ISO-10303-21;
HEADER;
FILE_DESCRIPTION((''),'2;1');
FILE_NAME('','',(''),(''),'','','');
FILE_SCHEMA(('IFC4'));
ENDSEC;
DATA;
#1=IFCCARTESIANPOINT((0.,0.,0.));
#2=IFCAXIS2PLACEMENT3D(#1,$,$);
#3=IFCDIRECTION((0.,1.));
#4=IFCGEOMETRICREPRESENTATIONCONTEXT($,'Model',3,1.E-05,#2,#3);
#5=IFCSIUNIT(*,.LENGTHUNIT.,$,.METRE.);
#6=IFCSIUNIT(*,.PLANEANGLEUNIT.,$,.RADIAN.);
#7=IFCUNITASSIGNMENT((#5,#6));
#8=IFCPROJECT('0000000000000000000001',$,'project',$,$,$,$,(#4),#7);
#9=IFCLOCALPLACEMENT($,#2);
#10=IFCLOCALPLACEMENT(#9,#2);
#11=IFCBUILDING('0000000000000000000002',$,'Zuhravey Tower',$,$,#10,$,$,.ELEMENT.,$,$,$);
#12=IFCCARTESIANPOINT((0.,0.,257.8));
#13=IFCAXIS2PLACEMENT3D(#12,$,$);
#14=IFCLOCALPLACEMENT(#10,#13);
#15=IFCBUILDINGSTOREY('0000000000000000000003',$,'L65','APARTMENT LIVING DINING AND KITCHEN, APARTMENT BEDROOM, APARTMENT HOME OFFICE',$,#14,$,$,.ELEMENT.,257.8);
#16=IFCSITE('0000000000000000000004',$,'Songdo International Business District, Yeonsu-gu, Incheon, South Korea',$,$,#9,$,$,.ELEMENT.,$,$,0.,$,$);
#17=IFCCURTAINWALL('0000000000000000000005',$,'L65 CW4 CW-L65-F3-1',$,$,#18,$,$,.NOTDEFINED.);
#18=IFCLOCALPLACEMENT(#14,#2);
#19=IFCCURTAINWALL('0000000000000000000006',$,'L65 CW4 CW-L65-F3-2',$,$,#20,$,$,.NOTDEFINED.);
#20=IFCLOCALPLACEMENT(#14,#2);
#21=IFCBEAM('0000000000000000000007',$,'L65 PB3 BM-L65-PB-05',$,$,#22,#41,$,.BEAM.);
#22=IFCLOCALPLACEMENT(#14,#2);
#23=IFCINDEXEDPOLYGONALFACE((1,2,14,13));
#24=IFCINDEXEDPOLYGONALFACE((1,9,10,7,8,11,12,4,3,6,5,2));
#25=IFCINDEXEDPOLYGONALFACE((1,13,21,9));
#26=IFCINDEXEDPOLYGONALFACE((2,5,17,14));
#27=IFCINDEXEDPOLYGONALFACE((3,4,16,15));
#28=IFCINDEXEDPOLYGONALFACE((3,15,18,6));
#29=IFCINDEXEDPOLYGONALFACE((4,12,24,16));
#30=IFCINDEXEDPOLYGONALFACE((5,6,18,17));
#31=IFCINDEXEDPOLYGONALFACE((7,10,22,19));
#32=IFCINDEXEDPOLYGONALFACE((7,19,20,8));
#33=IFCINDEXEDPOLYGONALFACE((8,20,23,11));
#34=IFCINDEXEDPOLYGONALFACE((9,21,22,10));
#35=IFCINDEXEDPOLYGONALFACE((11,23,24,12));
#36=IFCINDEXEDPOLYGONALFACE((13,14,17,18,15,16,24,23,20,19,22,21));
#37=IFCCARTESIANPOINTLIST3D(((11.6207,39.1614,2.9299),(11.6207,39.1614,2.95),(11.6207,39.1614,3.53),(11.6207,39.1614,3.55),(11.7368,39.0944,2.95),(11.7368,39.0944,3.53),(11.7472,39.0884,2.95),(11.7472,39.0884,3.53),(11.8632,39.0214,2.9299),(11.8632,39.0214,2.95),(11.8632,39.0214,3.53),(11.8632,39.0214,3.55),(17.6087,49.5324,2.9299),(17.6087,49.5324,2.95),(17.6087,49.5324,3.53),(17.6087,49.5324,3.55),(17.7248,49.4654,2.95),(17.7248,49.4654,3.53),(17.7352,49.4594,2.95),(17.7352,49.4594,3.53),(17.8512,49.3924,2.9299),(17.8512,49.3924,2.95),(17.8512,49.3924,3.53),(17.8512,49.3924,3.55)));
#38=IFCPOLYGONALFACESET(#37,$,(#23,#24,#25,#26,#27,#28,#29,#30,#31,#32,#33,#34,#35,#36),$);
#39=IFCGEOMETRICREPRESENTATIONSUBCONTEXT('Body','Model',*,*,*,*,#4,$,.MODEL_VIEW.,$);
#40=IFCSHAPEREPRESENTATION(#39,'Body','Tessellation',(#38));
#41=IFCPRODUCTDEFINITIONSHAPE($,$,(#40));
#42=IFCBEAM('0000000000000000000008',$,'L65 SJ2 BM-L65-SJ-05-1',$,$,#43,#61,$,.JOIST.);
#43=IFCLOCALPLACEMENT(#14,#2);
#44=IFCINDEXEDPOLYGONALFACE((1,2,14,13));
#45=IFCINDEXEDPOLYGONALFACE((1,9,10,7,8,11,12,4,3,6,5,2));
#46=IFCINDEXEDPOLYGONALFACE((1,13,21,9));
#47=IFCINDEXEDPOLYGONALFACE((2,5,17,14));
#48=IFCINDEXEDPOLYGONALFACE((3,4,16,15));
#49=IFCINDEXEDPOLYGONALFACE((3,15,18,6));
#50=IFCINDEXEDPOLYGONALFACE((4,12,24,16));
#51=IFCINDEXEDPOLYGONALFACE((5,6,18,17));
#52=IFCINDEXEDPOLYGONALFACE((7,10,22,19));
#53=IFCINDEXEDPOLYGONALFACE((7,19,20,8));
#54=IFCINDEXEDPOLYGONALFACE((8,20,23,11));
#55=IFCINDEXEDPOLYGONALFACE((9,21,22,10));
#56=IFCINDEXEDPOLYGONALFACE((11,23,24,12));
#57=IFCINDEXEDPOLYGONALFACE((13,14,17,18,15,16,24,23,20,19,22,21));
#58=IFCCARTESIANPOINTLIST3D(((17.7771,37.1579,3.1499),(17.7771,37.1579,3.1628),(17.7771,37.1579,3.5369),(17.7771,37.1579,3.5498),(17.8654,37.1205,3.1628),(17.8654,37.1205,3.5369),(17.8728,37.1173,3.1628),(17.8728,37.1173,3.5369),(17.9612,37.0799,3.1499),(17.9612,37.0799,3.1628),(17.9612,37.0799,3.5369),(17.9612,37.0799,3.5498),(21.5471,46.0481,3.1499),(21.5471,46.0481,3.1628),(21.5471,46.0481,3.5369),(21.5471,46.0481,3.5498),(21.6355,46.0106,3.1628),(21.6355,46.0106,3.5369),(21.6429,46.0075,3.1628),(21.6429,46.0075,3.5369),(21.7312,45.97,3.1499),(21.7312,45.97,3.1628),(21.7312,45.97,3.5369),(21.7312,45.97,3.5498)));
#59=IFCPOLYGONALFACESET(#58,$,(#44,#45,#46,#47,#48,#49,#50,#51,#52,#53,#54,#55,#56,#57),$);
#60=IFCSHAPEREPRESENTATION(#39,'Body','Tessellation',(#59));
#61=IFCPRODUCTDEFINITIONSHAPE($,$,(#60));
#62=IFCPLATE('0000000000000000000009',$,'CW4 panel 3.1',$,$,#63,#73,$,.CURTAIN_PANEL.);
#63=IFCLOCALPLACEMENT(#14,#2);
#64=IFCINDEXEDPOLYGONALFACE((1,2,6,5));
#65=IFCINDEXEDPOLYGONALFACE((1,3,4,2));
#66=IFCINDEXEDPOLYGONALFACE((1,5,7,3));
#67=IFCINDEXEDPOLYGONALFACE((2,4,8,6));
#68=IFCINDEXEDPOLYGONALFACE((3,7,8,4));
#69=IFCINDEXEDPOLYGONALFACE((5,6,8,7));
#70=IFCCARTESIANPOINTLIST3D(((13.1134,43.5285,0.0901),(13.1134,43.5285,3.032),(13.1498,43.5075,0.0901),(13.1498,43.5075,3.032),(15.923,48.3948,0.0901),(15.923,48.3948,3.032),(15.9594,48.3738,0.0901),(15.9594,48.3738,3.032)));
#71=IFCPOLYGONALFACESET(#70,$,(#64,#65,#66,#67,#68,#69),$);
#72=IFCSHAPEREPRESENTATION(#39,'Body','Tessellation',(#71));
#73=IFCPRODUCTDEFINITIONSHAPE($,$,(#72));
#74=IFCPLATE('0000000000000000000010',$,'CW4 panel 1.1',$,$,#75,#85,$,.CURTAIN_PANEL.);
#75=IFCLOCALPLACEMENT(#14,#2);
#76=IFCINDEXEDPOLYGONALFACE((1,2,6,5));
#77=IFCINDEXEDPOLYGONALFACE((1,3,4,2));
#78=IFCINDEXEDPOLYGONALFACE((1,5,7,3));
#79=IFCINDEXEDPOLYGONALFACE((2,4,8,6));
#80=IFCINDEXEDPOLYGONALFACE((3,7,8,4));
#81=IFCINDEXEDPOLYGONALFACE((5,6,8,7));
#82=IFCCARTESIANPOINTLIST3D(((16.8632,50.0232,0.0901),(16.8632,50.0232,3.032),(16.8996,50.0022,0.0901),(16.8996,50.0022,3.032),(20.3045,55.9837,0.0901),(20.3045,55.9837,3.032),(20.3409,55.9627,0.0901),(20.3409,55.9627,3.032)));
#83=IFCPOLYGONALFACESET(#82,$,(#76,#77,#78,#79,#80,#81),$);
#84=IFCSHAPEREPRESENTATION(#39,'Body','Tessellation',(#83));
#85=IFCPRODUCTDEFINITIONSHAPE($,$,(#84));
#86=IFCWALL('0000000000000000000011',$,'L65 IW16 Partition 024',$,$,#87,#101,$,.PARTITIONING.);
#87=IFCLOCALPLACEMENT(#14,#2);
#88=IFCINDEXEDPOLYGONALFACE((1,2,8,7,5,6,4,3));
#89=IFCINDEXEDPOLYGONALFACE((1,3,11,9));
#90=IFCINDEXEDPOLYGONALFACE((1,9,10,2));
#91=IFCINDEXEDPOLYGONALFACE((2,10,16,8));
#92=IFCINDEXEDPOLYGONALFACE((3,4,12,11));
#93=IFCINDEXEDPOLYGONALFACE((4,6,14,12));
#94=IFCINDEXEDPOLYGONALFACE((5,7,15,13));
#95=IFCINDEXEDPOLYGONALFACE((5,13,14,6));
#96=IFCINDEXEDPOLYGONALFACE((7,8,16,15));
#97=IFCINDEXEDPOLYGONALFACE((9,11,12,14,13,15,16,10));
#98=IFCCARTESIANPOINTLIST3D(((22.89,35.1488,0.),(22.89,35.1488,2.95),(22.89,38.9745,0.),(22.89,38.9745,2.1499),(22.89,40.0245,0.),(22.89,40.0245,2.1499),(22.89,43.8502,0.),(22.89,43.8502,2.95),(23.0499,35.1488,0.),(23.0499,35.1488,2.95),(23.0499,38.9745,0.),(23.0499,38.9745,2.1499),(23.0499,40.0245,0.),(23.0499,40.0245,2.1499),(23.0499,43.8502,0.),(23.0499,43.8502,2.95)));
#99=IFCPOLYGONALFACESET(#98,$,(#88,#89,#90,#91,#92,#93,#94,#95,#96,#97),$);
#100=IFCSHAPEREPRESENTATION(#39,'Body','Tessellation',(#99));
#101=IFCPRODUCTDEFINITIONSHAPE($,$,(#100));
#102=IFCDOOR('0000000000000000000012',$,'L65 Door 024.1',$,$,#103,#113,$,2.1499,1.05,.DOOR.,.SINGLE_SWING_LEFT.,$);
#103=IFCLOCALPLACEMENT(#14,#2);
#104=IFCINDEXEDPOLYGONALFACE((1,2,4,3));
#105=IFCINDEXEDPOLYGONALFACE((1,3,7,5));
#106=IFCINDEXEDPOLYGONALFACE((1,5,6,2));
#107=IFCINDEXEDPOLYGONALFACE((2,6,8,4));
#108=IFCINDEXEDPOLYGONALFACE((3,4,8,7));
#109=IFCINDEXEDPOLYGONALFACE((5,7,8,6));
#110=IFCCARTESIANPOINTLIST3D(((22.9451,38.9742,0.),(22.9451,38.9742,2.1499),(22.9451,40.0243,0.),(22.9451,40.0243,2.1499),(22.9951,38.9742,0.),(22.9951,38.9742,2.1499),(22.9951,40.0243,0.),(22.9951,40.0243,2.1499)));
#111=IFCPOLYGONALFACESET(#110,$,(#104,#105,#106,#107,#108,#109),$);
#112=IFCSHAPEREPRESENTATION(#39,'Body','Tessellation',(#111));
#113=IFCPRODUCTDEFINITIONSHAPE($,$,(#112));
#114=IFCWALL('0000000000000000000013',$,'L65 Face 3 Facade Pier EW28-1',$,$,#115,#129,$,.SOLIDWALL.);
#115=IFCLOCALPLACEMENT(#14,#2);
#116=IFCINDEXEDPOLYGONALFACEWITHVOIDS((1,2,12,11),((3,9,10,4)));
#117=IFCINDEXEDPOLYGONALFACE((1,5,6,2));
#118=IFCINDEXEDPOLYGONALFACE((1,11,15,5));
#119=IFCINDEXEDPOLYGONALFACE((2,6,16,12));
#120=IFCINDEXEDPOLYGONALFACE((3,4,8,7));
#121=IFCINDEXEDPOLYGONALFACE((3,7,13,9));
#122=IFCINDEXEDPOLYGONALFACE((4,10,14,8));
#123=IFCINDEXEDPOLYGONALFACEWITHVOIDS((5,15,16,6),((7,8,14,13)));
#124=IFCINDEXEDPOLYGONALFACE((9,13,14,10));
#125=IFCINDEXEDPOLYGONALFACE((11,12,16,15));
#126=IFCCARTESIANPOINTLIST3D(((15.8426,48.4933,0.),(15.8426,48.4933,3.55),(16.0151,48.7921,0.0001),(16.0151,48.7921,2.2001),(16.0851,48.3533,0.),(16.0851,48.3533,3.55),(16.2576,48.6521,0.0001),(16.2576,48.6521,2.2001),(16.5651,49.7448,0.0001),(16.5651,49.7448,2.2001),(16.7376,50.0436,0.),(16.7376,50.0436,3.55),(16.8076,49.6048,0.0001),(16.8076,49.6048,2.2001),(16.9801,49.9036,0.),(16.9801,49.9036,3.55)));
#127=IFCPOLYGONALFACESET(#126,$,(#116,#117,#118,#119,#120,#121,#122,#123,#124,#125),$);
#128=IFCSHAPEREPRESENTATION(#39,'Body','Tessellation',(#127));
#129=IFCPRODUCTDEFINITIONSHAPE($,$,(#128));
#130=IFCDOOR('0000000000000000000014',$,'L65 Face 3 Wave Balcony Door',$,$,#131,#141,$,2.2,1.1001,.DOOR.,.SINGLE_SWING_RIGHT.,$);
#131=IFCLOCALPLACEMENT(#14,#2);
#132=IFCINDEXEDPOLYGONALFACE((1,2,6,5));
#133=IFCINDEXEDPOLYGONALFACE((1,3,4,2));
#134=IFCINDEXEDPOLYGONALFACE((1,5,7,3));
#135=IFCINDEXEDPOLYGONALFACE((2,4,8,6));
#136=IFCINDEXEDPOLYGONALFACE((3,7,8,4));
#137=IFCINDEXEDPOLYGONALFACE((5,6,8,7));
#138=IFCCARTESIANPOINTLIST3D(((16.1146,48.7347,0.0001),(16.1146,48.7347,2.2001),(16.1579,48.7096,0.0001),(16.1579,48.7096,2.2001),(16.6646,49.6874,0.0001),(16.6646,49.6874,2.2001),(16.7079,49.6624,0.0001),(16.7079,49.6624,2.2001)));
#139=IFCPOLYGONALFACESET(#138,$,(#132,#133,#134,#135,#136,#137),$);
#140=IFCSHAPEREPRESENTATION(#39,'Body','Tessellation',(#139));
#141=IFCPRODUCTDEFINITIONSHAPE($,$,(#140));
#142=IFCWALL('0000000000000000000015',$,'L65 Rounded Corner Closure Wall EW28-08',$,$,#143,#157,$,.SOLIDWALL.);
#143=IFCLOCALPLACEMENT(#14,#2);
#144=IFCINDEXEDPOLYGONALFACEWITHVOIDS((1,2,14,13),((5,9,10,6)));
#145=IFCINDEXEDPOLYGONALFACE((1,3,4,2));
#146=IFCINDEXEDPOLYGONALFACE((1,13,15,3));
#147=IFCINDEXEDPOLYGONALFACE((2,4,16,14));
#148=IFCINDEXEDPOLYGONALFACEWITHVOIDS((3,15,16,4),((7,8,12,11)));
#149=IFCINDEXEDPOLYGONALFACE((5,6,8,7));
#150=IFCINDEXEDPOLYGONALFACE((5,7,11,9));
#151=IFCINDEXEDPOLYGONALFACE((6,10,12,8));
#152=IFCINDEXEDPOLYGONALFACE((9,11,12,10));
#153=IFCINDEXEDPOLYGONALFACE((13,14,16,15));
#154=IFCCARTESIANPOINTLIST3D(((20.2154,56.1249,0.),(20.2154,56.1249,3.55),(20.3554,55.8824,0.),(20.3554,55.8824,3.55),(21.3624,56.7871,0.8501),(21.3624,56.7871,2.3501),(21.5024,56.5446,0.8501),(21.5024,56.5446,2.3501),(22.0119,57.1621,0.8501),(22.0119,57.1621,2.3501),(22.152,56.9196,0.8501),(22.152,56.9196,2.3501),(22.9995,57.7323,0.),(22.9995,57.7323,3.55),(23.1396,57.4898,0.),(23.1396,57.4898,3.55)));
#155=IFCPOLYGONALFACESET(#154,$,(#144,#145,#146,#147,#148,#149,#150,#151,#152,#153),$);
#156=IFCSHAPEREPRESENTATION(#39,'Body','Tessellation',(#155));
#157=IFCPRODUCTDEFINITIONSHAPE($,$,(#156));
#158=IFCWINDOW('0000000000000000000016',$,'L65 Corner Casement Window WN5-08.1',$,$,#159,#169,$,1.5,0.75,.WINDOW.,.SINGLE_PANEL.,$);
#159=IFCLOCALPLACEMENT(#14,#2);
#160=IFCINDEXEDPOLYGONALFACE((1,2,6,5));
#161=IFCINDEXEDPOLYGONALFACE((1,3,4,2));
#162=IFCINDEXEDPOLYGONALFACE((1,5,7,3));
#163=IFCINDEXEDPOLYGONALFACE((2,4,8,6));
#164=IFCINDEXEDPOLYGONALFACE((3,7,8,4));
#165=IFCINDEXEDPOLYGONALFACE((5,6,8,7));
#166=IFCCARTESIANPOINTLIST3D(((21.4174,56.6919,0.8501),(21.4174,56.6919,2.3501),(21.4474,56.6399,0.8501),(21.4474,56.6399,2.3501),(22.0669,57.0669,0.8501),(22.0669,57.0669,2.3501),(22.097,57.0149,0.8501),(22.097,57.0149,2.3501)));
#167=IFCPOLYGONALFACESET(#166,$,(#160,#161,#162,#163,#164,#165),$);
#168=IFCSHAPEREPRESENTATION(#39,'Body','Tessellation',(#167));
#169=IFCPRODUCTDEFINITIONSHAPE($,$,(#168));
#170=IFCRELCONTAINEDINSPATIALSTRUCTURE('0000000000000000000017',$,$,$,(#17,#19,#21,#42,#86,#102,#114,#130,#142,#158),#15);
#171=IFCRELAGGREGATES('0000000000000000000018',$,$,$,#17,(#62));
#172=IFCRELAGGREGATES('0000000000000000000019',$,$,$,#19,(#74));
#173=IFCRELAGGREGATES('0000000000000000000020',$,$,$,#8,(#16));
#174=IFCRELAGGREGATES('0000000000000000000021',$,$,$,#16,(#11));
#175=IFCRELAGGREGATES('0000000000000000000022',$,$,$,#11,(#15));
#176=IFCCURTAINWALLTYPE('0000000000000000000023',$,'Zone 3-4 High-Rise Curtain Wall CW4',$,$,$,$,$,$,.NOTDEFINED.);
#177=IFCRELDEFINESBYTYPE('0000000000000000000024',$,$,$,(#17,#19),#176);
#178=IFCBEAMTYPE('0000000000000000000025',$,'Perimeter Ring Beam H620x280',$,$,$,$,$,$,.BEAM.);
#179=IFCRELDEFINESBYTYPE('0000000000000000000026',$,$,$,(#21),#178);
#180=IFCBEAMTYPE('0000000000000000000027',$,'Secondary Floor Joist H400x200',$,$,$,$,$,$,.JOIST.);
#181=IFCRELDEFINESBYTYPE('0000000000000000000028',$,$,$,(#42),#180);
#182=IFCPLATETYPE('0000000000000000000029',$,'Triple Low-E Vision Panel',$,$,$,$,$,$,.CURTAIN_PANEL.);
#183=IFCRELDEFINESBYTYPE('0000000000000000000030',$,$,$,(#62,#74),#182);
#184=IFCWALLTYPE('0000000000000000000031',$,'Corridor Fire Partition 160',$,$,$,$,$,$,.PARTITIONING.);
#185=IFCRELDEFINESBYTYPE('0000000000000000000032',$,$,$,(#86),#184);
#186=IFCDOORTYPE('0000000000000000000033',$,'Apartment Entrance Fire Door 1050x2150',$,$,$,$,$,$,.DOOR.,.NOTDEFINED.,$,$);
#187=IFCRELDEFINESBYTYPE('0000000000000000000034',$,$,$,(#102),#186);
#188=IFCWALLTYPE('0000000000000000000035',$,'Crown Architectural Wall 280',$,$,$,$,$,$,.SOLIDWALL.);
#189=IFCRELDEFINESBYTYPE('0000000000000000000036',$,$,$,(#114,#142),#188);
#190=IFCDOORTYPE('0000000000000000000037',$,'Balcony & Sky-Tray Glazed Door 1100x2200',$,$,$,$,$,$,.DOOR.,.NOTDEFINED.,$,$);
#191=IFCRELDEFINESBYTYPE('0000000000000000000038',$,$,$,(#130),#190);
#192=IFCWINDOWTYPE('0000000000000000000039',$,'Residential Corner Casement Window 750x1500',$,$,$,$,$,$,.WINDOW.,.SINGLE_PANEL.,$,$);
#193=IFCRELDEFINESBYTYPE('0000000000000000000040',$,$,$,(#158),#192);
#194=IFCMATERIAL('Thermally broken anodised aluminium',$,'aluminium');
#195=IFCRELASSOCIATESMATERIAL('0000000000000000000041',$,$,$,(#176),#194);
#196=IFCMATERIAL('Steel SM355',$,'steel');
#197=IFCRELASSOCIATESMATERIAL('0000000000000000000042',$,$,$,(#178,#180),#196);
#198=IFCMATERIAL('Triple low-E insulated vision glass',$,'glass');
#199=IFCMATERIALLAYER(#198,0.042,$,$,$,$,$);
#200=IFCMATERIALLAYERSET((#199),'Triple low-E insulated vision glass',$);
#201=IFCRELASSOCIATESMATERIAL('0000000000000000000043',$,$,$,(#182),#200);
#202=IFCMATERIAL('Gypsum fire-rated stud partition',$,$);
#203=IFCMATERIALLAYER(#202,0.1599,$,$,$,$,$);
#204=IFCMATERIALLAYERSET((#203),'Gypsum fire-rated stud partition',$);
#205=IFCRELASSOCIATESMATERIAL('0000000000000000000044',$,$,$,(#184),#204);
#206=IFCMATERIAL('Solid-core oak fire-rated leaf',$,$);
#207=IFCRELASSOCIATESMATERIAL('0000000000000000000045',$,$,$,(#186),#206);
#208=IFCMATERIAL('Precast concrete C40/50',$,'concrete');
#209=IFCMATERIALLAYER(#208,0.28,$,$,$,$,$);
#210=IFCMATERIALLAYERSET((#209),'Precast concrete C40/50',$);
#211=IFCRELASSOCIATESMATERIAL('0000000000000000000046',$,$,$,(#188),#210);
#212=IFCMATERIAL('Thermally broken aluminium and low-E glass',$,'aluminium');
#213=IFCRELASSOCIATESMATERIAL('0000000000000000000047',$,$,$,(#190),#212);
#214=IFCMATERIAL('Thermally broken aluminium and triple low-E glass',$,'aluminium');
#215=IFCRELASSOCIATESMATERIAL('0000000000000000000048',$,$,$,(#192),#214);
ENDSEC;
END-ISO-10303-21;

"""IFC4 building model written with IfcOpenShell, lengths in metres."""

from ifc_helpers import new_model, si_unit, direction, frame, frame_2d, origin, origin_2d, place, context, subcontext, project, spatial, rectangle, i_section, extrude, material, layer, layer_set, material_profile, profile_set, type_object, element, fill, aggregate, save


model = new_model("IFC4")

# Units and contexts
model_context = context("Model", 3, precision=1e-05, world=origin(), true_north=direction((0.0, 1.0)))
body_context = subcontext(model_context, "Body", "Model", "MODEL_VIEW")
ifc_project = project(units=[si_unit("LENGTHUNIT", "METRE"), si_unit("PLANEANGLEUNIT", "RADIAN")], contexts=[model_context])

# Site, building, storey
site_placement = place(None, origin())
site = spatial("IfcSite", under=ifc_project, at=site_placement, Name="Songdo International Business District, Yeonsu-gu, Incheon, South Korea", CompositionType="ELEMENT", RefElevation=0.0)
building_placement = place(site_placement, origin())
building = spatial("IfcBuilding", under=site, at=building_placement, Name="Zuhravey Tower", CompositionType="ELEMENT")
storey_placement = place(building_placement, frame((0.0, 0.0, 257.8)))
storey = spatial("IfcBuildingStorey", under=building, at=storey_placement, Name="L65", Description="APARTMENT LIVING DINING AND KITCHEN, APARTMENT BEDROOM, APARTMENT HOME OFFICE", CompositionType="ELEMENT", Elevation=257.8)

# Curtain wall
ifc_material_1 = material(Name="Thermally broken anodised aluminium", Category="aluminium")
curtain_wall_type = type_object("IfcCurtainWallType", Name="Zone 3-4 High-Rise Curtain Wall CW4", PredefinedType="NOTDEFINED", material=ifc_material_1)
curtain_wall_1_placement = place(storey_placement, origin())
curtain_wall_1 = element("IfcCurtainWall", 1, at=curtain_wall_1_placement, inside=storey, type_object=curtain_wall_type, Name="L65 CW4 CW-L65-F3-1", PredefinedType="NOTDEFINED")

# Curtain wall
curtain_wall_2_placement = place(storey_placement, origin())
curtain_wall_2 = element("IfcCurtainWall", 2, at=curtain_wall_2_placement, inside=storey, type_object=curtain_wall_type, Name="L65 CW4 CW-L65-F3-2", PredefinedType="NOTDEFINED")

# Beams
ifc_material_2 = material(Name="Steel SM355", Category="steel")
ifc_material_profile_1 = material_profile(ifc_material_2, i_section(OverallWidth=0.28, OverallDepth=0.6201, WebThickness=0.012, FlangeThickness=0.02, at=origin_2d()), Name="H-620x280x12x20")
ifc_profile_set_1 = profile_set([ifc_material_profile_1], Name="Steel SM355")
beam_type_1 = type_object("IfcBeamType", Name="Perimeter Ring Beam H620x280", PredefinedType="BEAM", material=ifc_profile_set_1)
beam_1_placement = place(storey_placement, frame((17.73, 49.4624, 3.24), z_axis=(-0.500018, -0.866015, 0.0), x_axis=(0.866015, -0.500018, 0.0)))
element("IfcBeam", 3, at=beam_1_placement, inside=storey, type_object=beam_type_1, Name="L65 PB3 BM-L65-PB-05", PredefinedType="BEAM", context=body_context, shape_type="SweptSolid", body=[
    extrude(i_section(OverallWidth=0.28, OverallDepth=0.6201, WebThickness=0.012, FlangeThickness=0.02, at=origin_2d()), origin(), (0.0, 0.0, 1.0), 11.9756),
])
ifc_material_profile_2 = material_profile(ifc_material_2, i_section(OverallWidth=0.2, OverallDepth=0.3999, WebThickness=0.0081, FlangeThickness=0.0129, at=origin_2d()), Name="H-400x200x8x13")
ifc_profile_set_2 = profile_set([ifc_material_profile_2], Name="Steel SM355")
beam_type_2 = type_object("IfcBeamType", Name="Secondary Floor Joist H400x200", PredefinedType="JOIST", material=ifc_profile_set_2)
beam_2_placement = place(storey_placement, frame((21.6392, 46.009, 3.3499), z_axis=(-0.390413, -0.92064, 0.0), x_axis=(0.92064, -0.390413, 0.0)))
element("IfcBeam", 4, at=beam_2_placement, inside=storey, type_object=beam_type_2, Name="L65 SJ2 BM-L65-SJ-05-1", PredefinedType="JOIST", context=body_context, shape_type="SweptSolid", body=[
    extrude(i_section(OverallWidth=0.2, OverallDepth=0.3999, WebThickness=0.0081, FlangeThickness=0.0129, at=origin_2d()), origin(), (0.0, 0.0, 1.0), 9.6565),
])

# Plates
ifc_material_3 = material(Name="Triple low-E insulated vision glass", Category="glass")
ifc_layer_1 = layer(ifc_material_3, 0.042)
ifc_layer_set_1 = layer_set([ifc_layer_1], Name="Triple low-E insulated vision glass")
plate_type = type_object("IfcPlateType", Name="Triple Low-E Vision Panel", PredefinedType="CURTAIN_PANEL", material=ifc_layer_set_1)
plate_1_placement = place(storey_placement, frame((14.5364, 45.9512, 0.0901), z_axis=(0.0, 0.0, 1.0), x_axis=(0.500003, 0.866024, 0.0)))
plate_1 = element("IfcPlate", 5, at=plate_1_placement, type_object=plate_type, Name="CW4 panel 3.1", PredefinedType="CURTAIN_PANEL", context=body_context, shape_type="SweptSolid", body=[
    extrude(rectangle(XDim=5.6191, YDim=0.042, at=origin_2d()), origin(), (0.0, 0.0, 1.0), 2.9419),
])
aggregate(curtain_wall_1, [plate_1])
plate_2_placement = place(storey_placement, frame((18.6021, 52.9929, 0.0901), z_axis=(0.0, 0.0, 1.0), x_axis=(0.499999, 0.866026, 0.0)))
plate_2 = element("IfcPlate", 6, at=plate_2_placement, type_object=plate_type, Name="CW4 panel 1.1", PredefinedType="CURTAIN_PANEL", context=body_context, shape_type="SweptSolid", body=[
    extrude(rectangle(XDim=6.8826, YDim=0.042, at=origin_2d()), origin(), (0.0, 0.0, 1.0), 2.9419),
])
aggregate(curtain_wall_2, [plate_2])

# Walls, openings, doors
ifc_material_4 = material(Name="Gypsum fire-rated stud partition")
ifc_layer_2 = layer(ifc_material_4, 0.1599)
ifc_layer_set_2 = layer_set([ifc_layer_2], Name="Gypsum fire-rated stud partition")
wall_type_1 = type_object("IfcWallType", Name="Corridor Fire Partition 160", PredefinedType="PARTITIONING", material=ifc_layer_set_2)
wall_1_placement = place(storey_placement, frame((22.97, 43.8501, 0.0), z_axis=(0.0, 0.0, 1.0), x_axis=(0.0, -1.0, 0.0)))
wall_1 = element("IfcWall", 7, at=wall_1_placement, inside=storey, type_object=wall_type_1, Name="L65 IW16 Partition 024", PredefinedType="PARTITIONING", context=body_context, shape_type="SweptSolid", body=[
    extrude(rectangle(XDim=8.7014, YDim=0.1599, at=frame_2d((4.3506, 0.0))), origin(), (0.0, 0.0, 1.0), 2.95),
])
opening_1_placement = place(wall_1_placement, frame((3.8257, 0.0, 0.0)))
opening_1 = element("IfcOpeningElement", 8, at=opening_1_placement, cuts=wall_1, PredefinedType="OPENING", context=body_context, shape_type="SweptSolid", body=[
    extrude(rectangle(XDim=1.05, YDim=2.1499, at=frame_2d((0.5249, 1.075))), frame((0.0, 0.092, 0.0), z_axis=(0.0, -1.0, 0.0), x_axis=(1.0, 0.0, 0.0)), (0.0, 0.0, 1.0), 0.1838),
])
ifc_material_5 = material(Name="Solid-core oak fire-rated leaf")
door_type_1 = type_object("IfcDoorType", Name="Apartment Entrance Fire Door 1050x2150", OperationType="NOTDEFINED", PredefinedType="DOOR", material=ifc_material_5)
door_1_placement = place(opening_1_placement, frame((1.05, 0.0, 0.0), z_axis=(0.0, 0.0, 1.0), x_axis=(-1.0, 0.0, 0.0)))
door_1 = element("IfcDoor", 9, at=door_1_placement, inside=storey, type_object=door_type_1, Name="L65 Door 024.1", OperationType="SINGLE_SWING_LEFT", OverallHeight=2.1499, OverallWidth=1.05, PredefinedType="DOOR", context=body_context, shape_type="SweptSolid", body=[
    extrude(rectangle(XDim=1.05, YDim=2.1499, at=frame_2d((0.5249, 1.075))), frame((0.0, 0.0249, 0.0), z_axis=(0.0, -1.0, 0.0), x_axis=(1.0, 0.0, 0.0)), (0.0, 0.0, 1.0), 0.05),
])
fill(opening_1, door_1)
ifc_material_6 = material(Name="Precast concrete C40/50", Category="concrete")
ifc_layer_3 = layer(ifc_material_6, 0.28)
ifc_layer_set_3 = layer_set([ifc_layer_3], Name="Precast concrete C40/50")
wall_type_2 = type_object("IfcWallType", Name="Crown Architectural Wall 280", PredefinedType="SOLIDWALL", material=ifc_layer_set_3)
wall_2_placement = place(storey_placement, frame((15.9639, 48.4233, 0.0), z_axis=(0.0, 0.0, 1.0), x_axis=(0.499982, 0.866036, 0.0)))
wall_2 = element("IfcWall", 10, at=wall_2_placement, inside=storey, type_object=wall_type_2, Name="L65 Face 3 Facade Pier EW28-1", PredefinedType="SOLIDWALL", context=body_context, shape_type="SweptSolid", body=[
    extrude(rectangle(XDim=1.79, YDim=0.28, at=frame_2d((0.895, 0.0))), origin(), (0.0, 0.0, 1.0), 3.55),
])
opening_2_placement = place(wall_2_placement, frame((0.345, 0.0, 0.0)))
opening_2 = element("IfcOpeningElement", 11, at=opening_2_placement, cuts=wall_2, PredefinedType="OPENING", context=body_context, shape_type="SweptSolid", body=[
    extrude(rectangle(XDim=1.1001, YDim=2.2, at=frame_2d((0.55, 1.1001))), frame((0.0, 0.1521, 0.0), z_axis=(0.0, -1.0, 0.0), x_axis=(1.0, 0.0, 0.0)), (0.0, 0.0, 1.0), 0.304),
])
ifc_material_7 = material(Name="Thermally broken aluminium and low-E glass", Category="aluminium")
door_type_2 = type_object("IfcDoorType", Name="Balcony & Sky-Tray Glazed Door 1100x2200", OperationType="NOTDEFINED", PredefinedType="DOOR", material=ifc_material_7)
door_2_placement = place(opening_2_placement, frame((1.1001, 0.0, 0.0), z_axis=(0.0, 0.0, 1.0), x_axis=(-1.0, 0.0, 0.0)))
door_2 = element("IfcDoor", 12, at=door_2_placement, inside=storey, type_object=door_type_2, Name="L65 Face 3 Wave Balcony Door", OperationType="SINGLE_SWING_RIGHT", OverallHeight=2.2, OverallWidth=1.1001, PredefinedType="DOOR", context=body_context, shape_type="SweptSolid", body=[
    extrude(rectangle(XDim=1.1001, YDim=2.2, at=frame_2d((0.55, 1.1001))), frame((0.0, 0.0249, 0.0), z_axis=(0.0, -1.0, 0.0), x_axis=(1.0, 0.0, 0.0)), (0.0, 0.0, 1.0), 0.05),
])
fill(opening_2, door_2)

# Wall, opening, window
wall_3_placement = place(storey_placement, frame((20.2854, 56.0037, 0.0), z_axis=(0.0, 0.0, 1.0), x_axis=(0.866029, 0.499994, 0.0)))
wall_3 = element("IfcWall", 13, at=wall_3_placement, inside=storey, type_object=wall_type_2, Name="L65 Rounded Corner Closure Wall EW28-08", PredefinedType="SOLIDWALL", context=body_context, shape_type="SweptSolid", body=[
    extrude(rectangle(XDim=3.2148, YDim=0.28, at=frame_2d((1.6074, 0.0))), origin(), (0.0, 0.0, 1.0), 3.55),
])
opening_3_placement = place(wall_3_placement, frame((1.3245, 0.0, 0.8501)))
opening_3 = element("IfcOpeningElement", 14, at=opening_3_placement, cuts=wall_3, PredefinedType="OPENING", context=body_context, shape_type="SweptSolid", body=[
    extrude(rectangle(XDim=0.75, YDim=1.5, at=frame_2d((0.375, 0.75))), frame((0.0, 0.1521, 0.0), z_axis=(0.0, -1.0, 0.0), x_axis=(1.0, 0.0, 0.0)), (0.0, 0.0, 1.0), 0.304),
])
ifc_material_8 = material(Name="Thermally broken aluminium and triple low-E glass", Category="aluminium")
window_type = type_object("IfcWindowType", Name="Residential Corner Casement Window 750x1500", PartitioningType="SINGLE_PANEL", PredefinedType="WINDOW", material=ifc_material_8)
window_placement = place(opening_3_placement, origin())
window = element("IfcWindow", 15, at=window_placement, inside=storey, type_object=window_type, Name="L65 Corner Casement Window WN5-08.1", OverallHeight=1.5, OverallWidth=0.75, PartitioningType="SINGLE_PANEL", PredefinedType="WINDOW", context=body_context, shape_type="SweptSolid", body=[
    extrude(rectangle(XDim=0.75, YDim=1.5, at=frame_2d((0.375, 0.75))), frame((0.0, 0.03, 0.0), z_axis=(0.0, -1.0, 0.0), x_axis=(1.0, 0.0, 0.0)), (0.0, 0.0, 1.0), 0.0601),
])
fill(opening_3, window)

save(model, "model.ifc")
